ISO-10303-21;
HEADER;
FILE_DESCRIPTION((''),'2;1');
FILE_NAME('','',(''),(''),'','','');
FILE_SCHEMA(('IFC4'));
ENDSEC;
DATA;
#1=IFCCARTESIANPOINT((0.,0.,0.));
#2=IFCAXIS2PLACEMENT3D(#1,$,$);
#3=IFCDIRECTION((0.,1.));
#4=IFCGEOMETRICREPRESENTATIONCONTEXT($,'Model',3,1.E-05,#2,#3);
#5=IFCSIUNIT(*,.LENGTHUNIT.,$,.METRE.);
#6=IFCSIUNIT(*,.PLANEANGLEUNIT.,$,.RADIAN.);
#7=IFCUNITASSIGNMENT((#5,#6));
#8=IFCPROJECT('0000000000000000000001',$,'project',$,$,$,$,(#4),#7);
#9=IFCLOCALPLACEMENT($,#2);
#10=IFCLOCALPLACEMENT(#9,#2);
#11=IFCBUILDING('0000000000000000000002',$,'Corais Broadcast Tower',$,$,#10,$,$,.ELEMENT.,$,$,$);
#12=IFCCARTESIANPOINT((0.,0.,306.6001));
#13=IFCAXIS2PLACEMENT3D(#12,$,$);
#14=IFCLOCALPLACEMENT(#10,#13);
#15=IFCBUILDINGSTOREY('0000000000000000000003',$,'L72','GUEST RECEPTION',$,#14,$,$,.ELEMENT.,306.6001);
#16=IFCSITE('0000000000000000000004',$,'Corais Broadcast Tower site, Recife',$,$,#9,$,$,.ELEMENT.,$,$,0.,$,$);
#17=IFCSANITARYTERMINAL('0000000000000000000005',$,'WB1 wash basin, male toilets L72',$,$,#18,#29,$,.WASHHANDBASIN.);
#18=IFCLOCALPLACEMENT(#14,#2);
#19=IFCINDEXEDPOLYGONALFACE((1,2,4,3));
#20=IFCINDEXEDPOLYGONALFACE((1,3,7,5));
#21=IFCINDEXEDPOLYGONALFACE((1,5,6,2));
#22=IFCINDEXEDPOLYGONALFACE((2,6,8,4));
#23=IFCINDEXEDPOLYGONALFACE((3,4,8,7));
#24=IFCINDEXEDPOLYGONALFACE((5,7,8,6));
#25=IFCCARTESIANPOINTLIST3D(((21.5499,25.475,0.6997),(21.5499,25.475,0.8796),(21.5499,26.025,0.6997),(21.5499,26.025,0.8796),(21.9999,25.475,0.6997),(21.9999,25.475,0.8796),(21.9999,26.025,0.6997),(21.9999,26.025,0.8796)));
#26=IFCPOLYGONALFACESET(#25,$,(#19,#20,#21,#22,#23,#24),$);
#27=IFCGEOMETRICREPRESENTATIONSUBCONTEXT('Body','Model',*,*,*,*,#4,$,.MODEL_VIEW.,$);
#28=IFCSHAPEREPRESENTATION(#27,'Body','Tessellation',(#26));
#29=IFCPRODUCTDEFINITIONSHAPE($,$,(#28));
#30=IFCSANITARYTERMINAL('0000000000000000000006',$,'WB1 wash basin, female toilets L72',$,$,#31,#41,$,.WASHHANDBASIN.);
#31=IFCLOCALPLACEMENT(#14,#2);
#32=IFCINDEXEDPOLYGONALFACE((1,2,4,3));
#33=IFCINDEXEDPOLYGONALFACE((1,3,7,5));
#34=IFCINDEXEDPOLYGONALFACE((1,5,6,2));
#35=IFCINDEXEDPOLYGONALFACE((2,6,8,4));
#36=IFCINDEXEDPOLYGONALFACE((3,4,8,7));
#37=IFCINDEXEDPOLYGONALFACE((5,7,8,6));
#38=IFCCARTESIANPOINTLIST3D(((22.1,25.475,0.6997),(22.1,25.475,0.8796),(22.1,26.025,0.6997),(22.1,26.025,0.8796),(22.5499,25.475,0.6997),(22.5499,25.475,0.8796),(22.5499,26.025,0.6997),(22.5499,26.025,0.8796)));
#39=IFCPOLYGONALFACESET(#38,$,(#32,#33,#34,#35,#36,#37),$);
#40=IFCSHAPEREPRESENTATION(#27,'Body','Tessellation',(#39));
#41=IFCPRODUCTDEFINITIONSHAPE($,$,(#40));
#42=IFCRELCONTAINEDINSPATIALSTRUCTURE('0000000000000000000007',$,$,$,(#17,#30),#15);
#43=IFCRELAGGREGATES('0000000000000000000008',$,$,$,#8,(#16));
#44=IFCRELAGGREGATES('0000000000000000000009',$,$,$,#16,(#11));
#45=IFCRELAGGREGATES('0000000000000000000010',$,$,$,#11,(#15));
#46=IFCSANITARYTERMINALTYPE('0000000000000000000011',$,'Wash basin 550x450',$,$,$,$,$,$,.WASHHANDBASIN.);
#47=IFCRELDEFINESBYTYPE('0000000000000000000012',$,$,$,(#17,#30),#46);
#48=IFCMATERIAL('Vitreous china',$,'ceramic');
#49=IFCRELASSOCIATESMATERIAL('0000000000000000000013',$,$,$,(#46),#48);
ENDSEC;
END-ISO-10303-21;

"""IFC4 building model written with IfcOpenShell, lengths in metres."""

from ifc_helpers import new_model, si_unit, direction, frame, origin, origin_2d, place, context, subcontext, project, spatial, rectangle, extrude, material, type_object, element, save


model = new_model("IFC4")

# Units and contexts
model_context = context("Model", 3, precision=1e-05, world=origin(), true_north=direction((0.0, 1.0)))
body_context = subcontext(model_context, "Body", "Model", "MODEL_VIEW")
ifc_project = project(units=[si_unit("LENGTHUNIT", "METRE"), si_unit("PLANEANGLEUNIT", "RADIAN")], contexts=[model_context])

# Site, building, storey
site_placement = place(None, origin())
site = spatial("IfcSite", under=ifc_project, at=site_placement, Name="Corais Broadcast Tower site, Recife", CompositionType="ELEMENT", RefElevation=0.0)
building_placement = place(site_placement, origin())
building = spatial("IfcBuilding", under=site, at=building_placement, Name="Corais Broadcast Tower", CompositionType="ELEMENT")
storey_placement = place(building_placement, frame((0.0, 0.0, 306.6001)))
storey = spatial("IfcBuildingStorey", under=building, at=storey_placement, Name="L72", Description="GUEST RECEPTION", CompositionType="ELEMENT", Elevation=306.6001)

# Sanitary terminals
ifc_material_1 = material(Name="Vitreous china", Category="ceramic")
sanitary_terminal_type_1 = type_object("IfcSanitaryTerminalType", Name="Wash basin 550x450", PredefinedType="WASHHANDBASIN", material=ifc_material_1)
for number, where, z_axis, x_axis, name in (
    (1, (21.7749, 25.75, 0.6997), (0.0, 0.0, 1.0), (1.0, 0.0, 0.0), "WB1 wash basin, male toilets L72"),
    (2, (22.325, 25.75, 0.6997), (0.0, 0.0, 1.0), (1.0, 0.0, 0.0), "WB1 wash basin, female toilets L72"),
):
    element("IfcSanitaryTerminal", number, at=place(storey_placement, frame(where, z_axis=z_axis, x_axis=x_axis)), inside=storey, type_object=sanitary_terminal_type_1, Name=name, PredefinedType="WASHHANDBASIN", context=body_context, shape_type="SweptSolid", body=[
        extrude(rectangle(XDim=0.45, YDim=0.55, at=origin_2d()), origin(), (0.0, 0.0, 1.0), 0.1799),
    ])

save(model, "model.ifc")
